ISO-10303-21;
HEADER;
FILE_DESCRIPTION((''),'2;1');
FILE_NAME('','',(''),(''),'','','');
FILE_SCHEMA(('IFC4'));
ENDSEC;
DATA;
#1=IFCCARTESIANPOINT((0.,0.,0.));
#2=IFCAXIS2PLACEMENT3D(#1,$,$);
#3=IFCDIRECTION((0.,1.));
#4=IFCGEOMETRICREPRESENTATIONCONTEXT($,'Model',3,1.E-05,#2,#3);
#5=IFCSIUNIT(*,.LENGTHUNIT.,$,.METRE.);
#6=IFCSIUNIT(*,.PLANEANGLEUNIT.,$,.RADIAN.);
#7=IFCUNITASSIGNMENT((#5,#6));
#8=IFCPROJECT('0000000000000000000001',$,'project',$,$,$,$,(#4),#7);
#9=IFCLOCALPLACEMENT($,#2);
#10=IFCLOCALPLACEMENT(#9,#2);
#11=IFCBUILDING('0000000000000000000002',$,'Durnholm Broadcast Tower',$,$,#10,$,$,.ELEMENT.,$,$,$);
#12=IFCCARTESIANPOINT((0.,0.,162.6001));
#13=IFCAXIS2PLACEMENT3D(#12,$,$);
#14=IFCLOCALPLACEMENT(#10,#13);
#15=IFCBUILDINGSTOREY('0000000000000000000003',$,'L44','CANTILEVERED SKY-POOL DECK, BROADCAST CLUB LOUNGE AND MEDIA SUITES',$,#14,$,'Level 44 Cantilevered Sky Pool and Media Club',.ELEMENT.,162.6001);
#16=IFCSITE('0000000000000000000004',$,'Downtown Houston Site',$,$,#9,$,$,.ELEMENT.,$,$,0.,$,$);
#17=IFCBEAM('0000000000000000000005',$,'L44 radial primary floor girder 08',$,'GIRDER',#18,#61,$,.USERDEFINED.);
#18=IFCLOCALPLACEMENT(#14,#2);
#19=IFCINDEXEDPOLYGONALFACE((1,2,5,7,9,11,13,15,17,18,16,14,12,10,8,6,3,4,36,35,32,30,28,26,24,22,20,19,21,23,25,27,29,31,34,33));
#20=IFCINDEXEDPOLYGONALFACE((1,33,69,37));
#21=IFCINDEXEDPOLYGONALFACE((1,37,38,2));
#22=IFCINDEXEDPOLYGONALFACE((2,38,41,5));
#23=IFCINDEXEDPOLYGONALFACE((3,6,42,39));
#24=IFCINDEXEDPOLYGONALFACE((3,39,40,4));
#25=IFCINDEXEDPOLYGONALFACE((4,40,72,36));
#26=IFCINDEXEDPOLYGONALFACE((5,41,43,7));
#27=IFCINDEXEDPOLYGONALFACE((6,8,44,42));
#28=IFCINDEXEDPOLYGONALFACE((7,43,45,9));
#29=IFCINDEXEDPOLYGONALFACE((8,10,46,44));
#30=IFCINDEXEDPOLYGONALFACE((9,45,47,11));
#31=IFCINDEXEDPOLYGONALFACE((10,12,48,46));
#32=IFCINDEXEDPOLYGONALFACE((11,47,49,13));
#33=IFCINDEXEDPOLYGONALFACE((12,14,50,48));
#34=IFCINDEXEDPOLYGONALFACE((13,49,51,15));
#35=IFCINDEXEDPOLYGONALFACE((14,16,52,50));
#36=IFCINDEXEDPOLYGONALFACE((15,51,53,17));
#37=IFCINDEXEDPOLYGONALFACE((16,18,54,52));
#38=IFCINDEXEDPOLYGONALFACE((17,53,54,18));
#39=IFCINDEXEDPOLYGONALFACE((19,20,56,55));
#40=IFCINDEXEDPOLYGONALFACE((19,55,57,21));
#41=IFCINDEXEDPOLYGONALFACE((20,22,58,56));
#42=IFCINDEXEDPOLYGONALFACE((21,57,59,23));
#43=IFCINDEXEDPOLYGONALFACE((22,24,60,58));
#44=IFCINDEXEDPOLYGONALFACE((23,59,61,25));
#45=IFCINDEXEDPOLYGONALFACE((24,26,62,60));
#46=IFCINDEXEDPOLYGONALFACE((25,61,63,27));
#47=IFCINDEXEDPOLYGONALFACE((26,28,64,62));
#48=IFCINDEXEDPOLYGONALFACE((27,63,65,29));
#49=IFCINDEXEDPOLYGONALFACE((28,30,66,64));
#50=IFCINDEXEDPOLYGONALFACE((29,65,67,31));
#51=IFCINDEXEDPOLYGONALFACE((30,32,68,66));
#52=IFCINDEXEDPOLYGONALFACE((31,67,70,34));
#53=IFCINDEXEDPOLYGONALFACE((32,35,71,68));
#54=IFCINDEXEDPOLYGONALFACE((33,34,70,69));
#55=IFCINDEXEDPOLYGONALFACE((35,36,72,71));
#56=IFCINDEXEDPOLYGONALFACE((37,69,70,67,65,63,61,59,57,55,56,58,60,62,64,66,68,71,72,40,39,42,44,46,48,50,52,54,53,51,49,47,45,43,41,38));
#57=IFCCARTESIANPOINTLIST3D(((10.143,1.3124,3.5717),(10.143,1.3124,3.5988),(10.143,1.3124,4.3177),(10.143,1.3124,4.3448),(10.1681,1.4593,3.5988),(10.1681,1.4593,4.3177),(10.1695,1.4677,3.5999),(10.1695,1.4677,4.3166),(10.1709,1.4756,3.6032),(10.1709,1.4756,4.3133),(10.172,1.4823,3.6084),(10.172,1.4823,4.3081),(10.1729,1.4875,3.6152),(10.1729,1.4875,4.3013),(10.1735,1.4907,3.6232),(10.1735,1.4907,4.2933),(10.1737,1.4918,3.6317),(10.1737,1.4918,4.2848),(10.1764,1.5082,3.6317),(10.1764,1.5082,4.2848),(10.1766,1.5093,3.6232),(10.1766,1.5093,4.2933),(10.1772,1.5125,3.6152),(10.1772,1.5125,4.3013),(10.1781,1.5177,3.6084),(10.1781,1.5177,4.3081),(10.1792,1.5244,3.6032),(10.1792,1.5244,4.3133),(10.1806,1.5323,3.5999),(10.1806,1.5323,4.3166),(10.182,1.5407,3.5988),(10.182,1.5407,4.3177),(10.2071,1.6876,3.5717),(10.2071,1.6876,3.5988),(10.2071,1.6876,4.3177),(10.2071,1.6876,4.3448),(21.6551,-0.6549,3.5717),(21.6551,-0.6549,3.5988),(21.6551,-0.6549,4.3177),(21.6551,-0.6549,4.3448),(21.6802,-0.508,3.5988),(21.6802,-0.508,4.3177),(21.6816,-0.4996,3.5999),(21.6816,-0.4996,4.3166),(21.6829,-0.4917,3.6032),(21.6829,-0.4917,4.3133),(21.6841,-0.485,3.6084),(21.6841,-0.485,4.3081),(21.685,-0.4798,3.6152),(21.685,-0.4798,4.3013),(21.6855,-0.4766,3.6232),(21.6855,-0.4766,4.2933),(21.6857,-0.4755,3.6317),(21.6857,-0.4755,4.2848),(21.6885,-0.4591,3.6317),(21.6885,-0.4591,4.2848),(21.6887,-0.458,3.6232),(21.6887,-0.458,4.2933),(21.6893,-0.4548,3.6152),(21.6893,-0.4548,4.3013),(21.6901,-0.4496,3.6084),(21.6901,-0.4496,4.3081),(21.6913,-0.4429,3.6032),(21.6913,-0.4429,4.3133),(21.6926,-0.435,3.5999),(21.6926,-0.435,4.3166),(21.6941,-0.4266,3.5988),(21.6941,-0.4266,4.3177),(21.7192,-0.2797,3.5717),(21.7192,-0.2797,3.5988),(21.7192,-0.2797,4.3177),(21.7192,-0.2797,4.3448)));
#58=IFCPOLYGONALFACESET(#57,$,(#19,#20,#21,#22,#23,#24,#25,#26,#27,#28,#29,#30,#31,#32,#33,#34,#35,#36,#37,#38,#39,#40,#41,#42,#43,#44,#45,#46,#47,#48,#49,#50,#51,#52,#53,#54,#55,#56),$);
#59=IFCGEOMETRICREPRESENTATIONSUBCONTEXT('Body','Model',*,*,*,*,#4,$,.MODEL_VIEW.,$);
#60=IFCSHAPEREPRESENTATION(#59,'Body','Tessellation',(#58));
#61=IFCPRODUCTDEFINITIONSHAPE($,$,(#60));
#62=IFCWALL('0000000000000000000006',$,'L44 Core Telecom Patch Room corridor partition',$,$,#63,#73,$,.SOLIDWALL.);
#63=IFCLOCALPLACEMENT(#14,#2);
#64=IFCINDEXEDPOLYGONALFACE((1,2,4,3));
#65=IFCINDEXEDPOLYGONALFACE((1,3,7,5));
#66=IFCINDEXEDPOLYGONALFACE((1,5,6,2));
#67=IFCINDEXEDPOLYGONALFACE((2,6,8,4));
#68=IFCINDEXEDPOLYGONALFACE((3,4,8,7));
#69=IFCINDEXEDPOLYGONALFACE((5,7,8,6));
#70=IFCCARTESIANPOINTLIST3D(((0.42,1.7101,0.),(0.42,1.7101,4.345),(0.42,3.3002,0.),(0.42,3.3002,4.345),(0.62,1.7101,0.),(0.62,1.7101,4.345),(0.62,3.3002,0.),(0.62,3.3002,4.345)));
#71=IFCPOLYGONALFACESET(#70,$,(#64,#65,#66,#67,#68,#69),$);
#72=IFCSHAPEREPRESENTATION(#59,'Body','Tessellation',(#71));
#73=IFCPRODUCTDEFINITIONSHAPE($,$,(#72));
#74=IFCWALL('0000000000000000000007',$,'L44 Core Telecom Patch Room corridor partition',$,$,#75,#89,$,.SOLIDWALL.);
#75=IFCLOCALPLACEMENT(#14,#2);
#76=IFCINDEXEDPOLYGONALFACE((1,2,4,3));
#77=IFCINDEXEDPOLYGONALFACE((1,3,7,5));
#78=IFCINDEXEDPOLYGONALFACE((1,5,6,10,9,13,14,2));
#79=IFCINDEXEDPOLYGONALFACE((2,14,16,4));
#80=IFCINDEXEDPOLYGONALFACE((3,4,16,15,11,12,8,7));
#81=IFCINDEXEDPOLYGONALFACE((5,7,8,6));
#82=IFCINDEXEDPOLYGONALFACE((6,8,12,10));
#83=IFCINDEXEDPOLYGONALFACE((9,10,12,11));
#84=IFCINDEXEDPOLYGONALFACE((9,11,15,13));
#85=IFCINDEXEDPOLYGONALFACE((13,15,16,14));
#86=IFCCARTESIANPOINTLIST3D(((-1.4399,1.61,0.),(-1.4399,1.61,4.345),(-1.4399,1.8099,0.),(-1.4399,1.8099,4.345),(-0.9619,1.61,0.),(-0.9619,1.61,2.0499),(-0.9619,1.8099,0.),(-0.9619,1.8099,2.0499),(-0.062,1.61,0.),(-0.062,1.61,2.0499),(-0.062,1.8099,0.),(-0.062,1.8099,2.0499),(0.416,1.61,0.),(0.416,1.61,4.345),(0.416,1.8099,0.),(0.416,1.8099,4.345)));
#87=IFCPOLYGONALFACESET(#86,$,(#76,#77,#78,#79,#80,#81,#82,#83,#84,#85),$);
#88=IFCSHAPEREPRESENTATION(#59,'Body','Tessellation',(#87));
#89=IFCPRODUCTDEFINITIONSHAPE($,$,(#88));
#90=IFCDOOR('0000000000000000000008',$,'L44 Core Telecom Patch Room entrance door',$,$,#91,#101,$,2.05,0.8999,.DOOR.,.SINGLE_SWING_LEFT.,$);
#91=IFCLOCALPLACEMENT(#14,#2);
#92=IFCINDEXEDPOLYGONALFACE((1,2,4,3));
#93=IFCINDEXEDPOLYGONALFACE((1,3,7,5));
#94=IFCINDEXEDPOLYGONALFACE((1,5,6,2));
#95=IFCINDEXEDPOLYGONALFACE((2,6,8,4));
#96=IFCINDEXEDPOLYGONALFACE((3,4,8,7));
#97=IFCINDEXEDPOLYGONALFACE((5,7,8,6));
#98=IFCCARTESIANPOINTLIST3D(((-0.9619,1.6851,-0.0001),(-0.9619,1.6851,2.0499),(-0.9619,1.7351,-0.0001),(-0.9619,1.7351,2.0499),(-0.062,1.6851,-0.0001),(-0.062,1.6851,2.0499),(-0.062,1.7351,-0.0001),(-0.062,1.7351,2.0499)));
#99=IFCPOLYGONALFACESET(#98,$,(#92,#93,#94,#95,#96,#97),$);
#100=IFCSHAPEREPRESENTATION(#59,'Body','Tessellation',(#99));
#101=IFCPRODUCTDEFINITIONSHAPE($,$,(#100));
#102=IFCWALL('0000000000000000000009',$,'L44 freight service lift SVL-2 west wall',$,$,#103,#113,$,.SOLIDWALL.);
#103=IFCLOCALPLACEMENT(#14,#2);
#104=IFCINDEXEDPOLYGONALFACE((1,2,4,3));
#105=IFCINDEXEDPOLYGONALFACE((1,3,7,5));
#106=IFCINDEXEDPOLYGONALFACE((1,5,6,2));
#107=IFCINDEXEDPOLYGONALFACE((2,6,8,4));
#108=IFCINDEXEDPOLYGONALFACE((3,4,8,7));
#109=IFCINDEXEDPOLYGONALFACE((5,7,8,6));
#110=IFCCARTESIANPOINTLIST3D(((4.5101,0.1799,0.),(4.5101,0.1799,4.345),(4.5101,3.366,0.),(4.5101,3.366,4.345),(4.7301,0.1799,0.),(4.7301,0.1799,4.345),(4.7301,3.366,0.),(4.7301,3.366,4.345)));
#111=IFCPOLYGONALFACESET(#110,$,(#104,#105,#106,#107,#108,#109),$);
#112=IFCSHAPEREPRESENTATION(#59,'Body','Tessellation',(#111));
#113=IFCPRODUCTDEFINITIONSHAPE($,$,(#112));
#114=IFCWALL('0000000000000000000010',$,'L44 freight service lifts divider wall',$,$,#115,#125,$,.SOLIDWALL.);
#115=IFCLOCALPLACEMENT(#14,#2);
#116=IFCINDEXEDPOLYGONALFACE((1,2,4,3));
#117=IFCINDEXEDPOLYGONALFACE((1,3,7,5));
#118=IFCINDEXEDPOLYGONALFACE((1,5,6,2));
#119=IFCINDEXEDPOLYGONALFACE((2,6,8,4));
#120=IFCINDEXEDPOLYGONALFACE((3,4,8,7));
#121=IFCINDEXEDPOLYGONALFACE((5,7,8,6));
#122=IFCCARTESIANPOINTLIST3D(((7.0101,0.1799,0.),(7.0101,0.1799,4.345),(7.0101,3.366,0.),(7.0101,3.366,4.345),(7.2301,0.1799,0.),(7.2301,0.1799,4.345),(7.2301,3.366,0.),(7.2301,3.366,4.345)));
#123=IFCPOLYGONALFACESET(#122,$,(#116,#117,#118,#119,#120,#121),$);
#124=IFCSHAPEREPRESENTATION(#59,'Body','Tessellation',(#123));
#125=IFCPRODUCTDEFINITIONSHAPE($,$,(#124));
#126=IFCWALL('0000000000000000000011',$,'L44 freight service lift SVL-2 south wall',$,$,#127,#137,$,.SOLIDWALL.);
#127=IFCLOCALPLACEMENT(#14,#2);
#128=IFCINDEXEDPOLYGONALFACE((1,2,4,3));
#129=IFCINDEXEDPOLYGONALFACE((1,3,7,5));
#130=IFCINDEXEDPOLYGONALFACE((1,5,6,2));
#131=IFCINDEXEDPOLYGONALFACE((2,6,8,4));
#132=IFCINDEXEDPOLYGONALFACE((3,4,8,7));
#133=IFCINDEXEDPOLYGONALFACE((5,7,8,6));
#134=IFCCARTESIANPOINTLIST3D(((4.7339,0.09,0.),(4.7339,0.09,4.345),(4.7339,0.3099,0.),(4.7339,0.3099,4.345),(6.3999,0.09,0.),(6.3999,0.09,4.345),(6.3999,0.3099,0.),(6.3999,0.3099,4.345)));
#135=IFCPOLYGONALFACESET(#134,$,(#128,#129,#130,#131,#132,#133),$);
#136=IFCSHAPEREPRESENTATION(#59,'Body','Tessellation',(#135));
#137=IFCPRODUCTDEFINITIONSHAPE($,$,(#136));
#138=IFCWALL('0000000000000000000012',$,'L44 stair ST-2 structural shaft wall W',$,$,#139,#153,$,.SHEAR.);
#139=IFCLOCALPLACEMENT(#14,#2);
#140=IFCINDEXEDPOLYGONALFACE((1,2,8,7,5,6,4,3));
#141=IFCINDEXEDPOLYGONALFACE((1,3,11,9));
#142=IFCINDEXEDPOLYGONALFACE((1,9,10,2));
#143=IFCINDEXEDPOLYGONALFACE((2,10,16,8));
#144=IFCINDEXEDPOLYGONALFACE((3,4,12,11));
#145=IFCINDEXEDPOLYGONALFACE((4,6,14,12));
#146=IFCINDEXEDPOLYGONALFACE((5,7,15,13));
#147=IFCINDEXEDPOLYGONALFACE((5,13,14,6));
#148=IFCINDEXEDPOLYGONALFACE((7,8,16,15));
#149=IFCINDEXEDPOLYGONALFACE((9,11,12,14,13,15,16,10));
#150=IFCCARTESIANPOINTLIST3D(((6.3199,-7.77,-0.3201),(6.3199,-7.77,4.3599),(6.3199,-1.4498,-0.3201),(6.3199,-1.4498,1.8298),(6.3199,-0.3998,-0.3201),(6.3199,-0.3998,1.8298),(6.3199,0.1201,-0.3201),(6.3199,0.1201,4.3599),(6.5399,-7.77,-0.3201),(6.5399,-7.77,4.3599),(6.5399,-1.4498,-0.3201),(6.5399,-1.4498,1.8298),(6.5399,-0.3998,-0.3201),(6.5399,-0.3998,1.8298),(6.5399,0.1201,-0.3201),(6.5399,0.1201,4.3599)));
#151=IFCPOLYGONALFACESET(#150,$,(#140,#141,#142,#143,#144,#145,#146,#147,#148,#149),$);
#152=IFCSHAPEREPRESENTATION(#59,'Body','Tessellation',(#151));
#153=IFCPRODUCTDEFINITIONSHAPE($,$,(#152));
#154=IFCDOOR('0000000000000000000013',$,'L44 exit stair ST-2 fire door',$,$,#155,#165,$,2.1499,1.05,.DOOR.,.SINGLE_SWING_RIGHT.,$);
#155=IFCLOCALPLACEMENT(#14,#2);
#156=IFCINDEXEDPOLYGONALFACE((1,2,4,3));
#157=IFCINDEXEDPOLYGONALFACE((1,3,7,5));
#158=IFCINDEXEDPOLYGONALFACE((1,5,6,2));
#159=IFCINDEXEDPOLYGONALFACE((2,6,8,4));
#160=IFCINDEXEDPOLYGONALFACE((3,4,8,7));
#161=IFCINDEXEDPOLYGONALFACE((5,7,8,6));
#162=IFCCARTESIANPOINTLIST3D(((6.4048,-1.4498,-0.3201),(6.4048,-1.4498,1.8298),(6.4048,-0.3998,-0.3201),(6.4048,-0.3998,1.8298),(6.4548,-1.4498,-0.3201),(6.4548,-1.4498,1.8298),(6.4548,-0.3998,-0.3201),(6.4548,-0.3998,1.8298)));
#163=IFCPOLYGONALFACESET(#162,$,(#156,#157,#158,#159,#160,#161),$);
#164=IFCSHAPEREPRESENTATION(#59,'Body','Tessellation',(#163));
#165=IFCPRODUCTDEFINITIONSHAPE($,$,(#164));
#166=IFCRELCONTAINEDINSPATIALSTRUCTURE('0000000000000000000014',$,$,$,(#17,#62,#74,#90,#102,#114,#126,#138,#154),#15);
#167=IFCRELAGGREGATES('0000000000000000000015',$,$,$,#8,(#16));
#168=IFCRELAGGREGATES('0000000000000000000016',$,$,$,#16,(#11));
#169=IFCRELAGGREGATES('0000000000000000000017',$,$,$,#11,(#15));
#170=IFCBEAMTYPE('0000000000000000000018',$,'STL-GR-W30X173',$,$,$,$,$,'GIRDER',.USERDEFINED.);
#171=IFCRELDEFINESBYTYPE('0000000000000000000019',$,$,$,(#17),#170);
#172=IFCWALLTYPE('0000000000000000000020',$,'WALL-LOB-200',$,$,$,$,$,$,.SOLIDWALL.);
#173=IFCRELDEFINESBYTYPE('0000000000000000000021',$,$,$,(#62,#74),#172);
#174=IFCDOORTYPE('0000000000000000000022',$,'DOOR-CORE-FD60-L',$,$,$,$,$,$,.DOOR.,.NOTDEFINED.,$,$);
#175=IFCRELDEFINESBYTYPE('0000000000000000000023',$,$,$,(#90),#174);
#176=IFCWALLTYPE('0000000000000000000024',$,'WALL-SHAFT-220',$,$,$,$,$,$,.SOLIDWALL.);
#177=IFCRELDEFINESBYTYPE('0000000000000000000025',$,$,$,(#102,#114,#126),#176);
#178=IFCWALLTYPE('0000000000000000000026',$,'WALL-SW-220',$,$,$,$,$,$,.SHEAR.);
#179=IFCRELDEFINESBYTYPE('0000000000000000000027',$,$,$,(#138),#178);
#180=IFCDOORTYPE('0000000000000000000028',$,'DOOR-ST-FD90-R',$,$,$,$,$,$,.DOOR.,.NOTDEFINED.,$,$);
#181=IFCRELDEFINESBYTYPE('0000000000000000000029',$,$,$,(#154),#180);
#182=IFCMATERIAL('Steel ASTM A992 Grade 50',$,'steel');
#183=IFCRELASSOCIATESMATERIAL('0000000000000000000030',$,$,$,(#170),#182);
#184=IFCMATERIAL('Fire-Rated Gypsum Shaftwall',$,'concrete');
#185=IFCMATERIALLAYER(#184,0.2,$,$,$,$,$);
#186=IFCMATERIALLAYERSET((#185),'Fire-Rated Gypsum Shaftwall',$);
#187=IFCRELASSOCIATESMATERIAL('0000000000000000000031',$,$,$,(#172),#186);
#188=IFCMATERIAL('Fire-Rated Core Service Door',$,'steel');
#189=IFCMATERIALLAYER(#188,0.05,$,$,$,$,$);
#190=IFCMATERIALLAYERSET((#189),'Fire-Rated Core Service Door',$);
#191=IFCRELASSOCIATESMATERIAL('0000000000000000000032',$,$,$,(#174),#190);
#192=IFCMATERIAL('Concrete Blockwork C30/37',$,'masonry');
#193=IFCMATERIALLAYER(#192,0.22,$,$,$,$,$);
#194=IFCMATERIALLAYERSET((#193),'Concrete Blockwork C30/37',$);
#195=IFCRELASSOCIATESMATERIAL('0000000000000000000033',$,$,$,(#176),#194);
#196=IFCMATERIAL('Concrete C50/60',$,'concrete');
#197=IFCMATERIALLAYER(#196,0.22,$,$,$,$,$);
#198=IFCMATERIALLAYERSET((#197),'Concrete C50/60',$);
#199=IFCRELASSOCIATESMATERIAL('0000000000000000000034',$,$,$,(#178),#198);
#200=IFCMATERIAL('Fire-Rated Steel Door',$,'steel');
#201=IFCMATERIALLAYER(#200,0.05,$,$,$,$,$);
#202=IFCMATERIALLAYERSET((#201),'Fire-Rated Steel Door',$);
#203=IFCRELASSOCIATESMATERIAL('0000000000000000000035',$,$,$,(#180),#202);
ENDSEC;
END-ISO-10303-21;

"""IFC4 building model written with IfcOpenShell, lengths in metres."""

from ifc_helpers import new_model, si_unit, direction, frame, frame_2d, origin, origin_2d, place, context, subcontext, project, spatial, rectangle, i_section, extrude, source, transform, mapped, material, layer, layer_set, material_profile, profile_set, type_object, type_shapes, element, fill, save


model = new_model("IFC4")

# Units and contexts
model_context = context("Model", 3, precision=1e-05, world=origin(), true_north=direction((0.0, 1.0)))
body_context = subcontext(model_context, "Body", "Model", "MODEL_VIEW")
ifc_project = project(units=[si_unit("LENGTHUNIT", "METRE"), si_unit("PLANEANGLEUNIT", "RADIAN")], contexts=[model_context])

# Site, building, storey
site_placement = place(None, origin())
site = spatial("IfcSite", under=ifc_project, at=site_placement, Name="Downtown Houston Site", CompositionType="ELEMENT", RefElevation=0.0)
building_placement = place(site_placement, origin())
building = spatial("IfcBuilding", under=site, at=building_placement, Name="Durnholm Broadcast Tower", CompositionType="ELEMENT")
storey_placement = place(building_placement, frame((0.0, 0.0, 162.6001)))
storey = spatial("IfcBuildingStorey", under=building, at=storey_placement, Name="L44", Description="CANTILEVERED SKY-POOL DECK, BROADCAST CLUB LOUNGE AND MEDIA SUITES", LongName="Level 44 Cantilevered Sky Pool and Media Club", CompositionType="ELEMENT", Elevation=162.6001)

# Beam
ifc_material_1 = material(Name="Steel ASTM A992 Grade 50", Category="steel")
ifc_material_profile = material_profile(ifc_material_1, i_section(OverallWidth=0.3806, OverallDepth=0.7732, WebThickness=0.0166, FlangeThickness=0.0271, FilletRadius=0.033, at=origin_2d()), Name="W30X173")
ifc_profile_set = profile_set([ifc_material_profile], Name="Steel ASTM A992 Grade 50")
beam_type = type_object("IfcBeamType", Name="STL-GR-W30X173", ElementType="GIRDER", PredefinedType="USERDEFINED", material=ifc_profile_set)
shared_shape_1 = source(origin(), body_context, "Body", "SweptSolid", [
    extrude(i_section(OverallWidth=0.3806, OverallDepth=0.7732, WebThickness=0.0166, FlangeThickness=0.0271, FilletRadius=0.033, at=origin_2d()), origin(), (0.0, 0.0, 1.0), 11.679),
])
type_shapes(beam_type, [shared_shape_1])
beam_placement = place(storey_placement, frame((10.175, 1.5, 3.9583), z_axis=(0.98571, -0.168449, 0.0), x_axis=(0.168449, 0.98571, 0.0)))
element("IfcBeam", 1, at=beam_placement, inside=storey, type_object=beam_type, Name="L44 radial primary floor girder 08", ObjectType="GIRDER", PredefinedType="USERDEFINED", context=body_context, shape_type="MappedRepresentation", body=[
    mapped(shared_shape_1, transform((0.0, 0.0, 0.0), x_axis=(1.0, 0.0, 0.0), y_axis=(0.0, 1.0, 0.0), z_axis=(0.0, 0.0, 1.0), scale=1.0)),
])

# Wall
ifc_material_2 = material(Name="Fire-Rated Gypsum Shaftwall", Category="concrete")
ifc_layer_1 = layer(ifc_material_2, 0.2)
ifc_layer_set_1 = layer_set([ifc_layer_1], Name="Fire-Rated Gypsum Shaftwall")
wall_type_1 = type_object("IfcWallType", Name="WALL-LOB-200", PredefinedType="SOLIDWALL", material=ifc_layer_set_1)
wall_1_placement = place(storey_placement, frame((0.52, 3.3, 0.0), z_axis=(0.0, 0.0, 1.0), x_axis=(0.0, -1.0, 0.0)))
element("IfcWall", 2, at=wall_1_placement, inside=storey, type_object=wall_type_1, Name="L44 Core Telecom Patch Room corridor partition", PredefinedType="SOLIDWALL", context=body_context, shape_type="SweptSolid", body=[
    extrude(rectangle(XDim=1.5901, YDim=0.2, at=frame_2d((0.7949, 0.0))), origin(), (0.0, 0.0, 1.0), 4.345),
])

# Wall, opening, door
wall_2_placement = place(storey_placement, frame((0.416, 1.71, 0.0), z_axis=(0.0, 0.0, 1.0), x_axis=(-1.0, 0.0, 0.0)))
wall_2 = element("IfcWall", 3, at=wall_2_placement, inside=storey, type_object=wall_type_1, Name="L44 Core Telecom Patch Room corridor partition", PredefinedType="SOLIDWALL", context=body_context, shape_type="SweptSolid", body=[
    extrude(rectangle(XDim=1.856, YDim=0.2, at=frame_2d((0.928, 0.0))), origin(), (0.0, 0.0, 1.0), 4.345),
])
opening_1_placement = place(wall_2_placement, frame((0.478, 0.0, 0.0)))
opening_1 = element("IfcOpeningElement", 4, at=opening_1_placement, cuts=wall_2, PredefinedType="OPENING", context=body_context, shape_type="SweptSolid", body=[
    extrude(rectangle(XDim=0.8999, YDim=2.05, at=frame_2d((0.45, 1.0249))), frame((0.0, 0.1099, 0.0), z_axis=(0.0, -1.0, 0.0), x_axis=(1.0, 0.0, 0.0)), (0.0, 0.0, 1.0), 0.22),
])
ifc_material_3 = material(Name="Fire-Rated Core Service Door", Category="steel")
ifc_layer_2 = layer(ifc_material_3, 0.05)
ifc_layer_set_2 = layer_set([ifc_layer_2], Name="Fire-Rated Core Service Door")
door_type_1 = type_object("IfcDoorType", Name="DOOR-CORE-FD60-L", OperationType="NOTDEFINED", PredefinedType="DOOR", material=ifc_layer_set_2)
shared_shape_2 = source(origin(), body_context, "Body", "SweptSolid", [
    extrude(rectangle(XDim=0.8999, YDim=2.05, at=frame_2d((0.45, 1.0249))), frame((0.0, 0.0249, 0.0), z_axis=(0.0, -1.0, 0.0), x_axis=(1.0, 0.0, 0.0)), (0.0, 0.0, 1.0), 0.05),
])
type_shapes(door_type_1, [shared_shape_2])
door_1_placement = place(opening_1_placement, origin())
door_1 = element("IfcDoor", 5, at=door_1_placement, inside=storey, type_object=door_type_1, Name="L44 Core Telecom Patch Room entrance door", OperationType="SINGLE_SWING_LEFT", OverallHeight=2.05, OverallWidth=0.8999, PredefinedType="DOOR", context=body_context, shape_type="MappedRepresentation", body=[
    mapped(shared_shape_2, transform((0.0, 0.0, 0.0), x_axis=(1.0, 0.0, 0.0), y_axis=(0.0, 1.0, 0.0), z_axis=(0.0, 0.0, 1.0), scale=1.0)),
])
fill(opening_1, door_1)

# Shared definitions
ifc_material_4 = material(Name="Concrete Blockwork C30/37", Category="masonry")
ifc_layer_3 = layer(ifc_material_4, 0.22)
ifc_layer_set_3 = layer_set([ifc_layer_3], Name="Concrete Blockwork C30/37")
wall_type_2 = type_object("IfcWallType", Name="WALL-SHAFT-220", PredefinedType="SOLIDWALL", material=ifc_layer_set_3)

# Walls
for number, where, z_axis, x_axis, name in (
    (6, (4.6201, 0.1799, 0.0), (0.0, 0.0, 1.0), (0.0, 1.0, 0.0), "L44 freight service lift SVL-2 west wall"),
    (7, (7.1201, 0.1799, 0.0), (0.0, 0.0, 1.0), (0.0, 1.0, 0.0), "L44 freight service lifts divider wall"),
):
    element("IfcWall", number, at=place(storey_placement, frame(where, z_axis=z_axis, x_axis=x_axis)), inside=storey, type_object=wall_type_2, Name=name, PredefinedType="SOLIDWALL", context=body_context, shape_type="SweptSolid", body=[
        extrude(rectangle(XDim=3.186, YDim=0.22, at=frame_2d((1.593, 0.0))), origin(), (0.0, 0.0, 1.0), 4.345),
    ])
wall_3_placement = place(storey_placement, frame((4.7339, 0.2, 0.0), z_axis=(0.0, 0.0, 1.0), x_axis=(1.0, 0.0, 0.0)))
element("IfcWall", 8, at=wall_3_placement, inside=storey, type_object=wall_type_2, Name="L44 freight service lift SVL-2 south wall", PredefinedType="SOLIDWALL", context=body_context, shape_type="SweptSolid", body=[
    extrude(rectangle(XDim=1.666, YDim=0.22, at=frame_2d((0.833, 0.0))), origin(), (0.0, 0.0, 1.0), 4.345),
])

# Wall, opening, door
ifc_material_5 = material(Name="Concrete C50/60", Category="concrete")
ifc_layer_4 = layer(ifc_material_5, 0.22)
ifc_layer_set_4 = layer_set([ifc_layer_4], Name="Concrete C50/60")
wall_type_3 = type_object("IfcWallType", Name="WALL-SW-220", PredefinedType="SHEAR", material=ifc_layer_set_4)
wall_4_placement = place(storey_placement, frame((6.4299, 0.1201, -0.3201), z_axis=(0.0, 0.0, 1.0), x_axis=(0.0, -1.0, 0.0)))
wall_4 = element("IfcWall", 9, at=wall_4_placement, inside=storey, type_object=wall_type_3, Name="L44 stair ST-2 structural shaft wall W", PredefinedType="SHEAR", context=body_context, shape_type="SweptSolid", body=[
    extrude(rectangle(XDim=7.8901, YDim=0.22, at=frame_2d((3.9451, 0.0))), origin(), (0.0, 0.0, 1.0), 4.6799),
])
opening_2_placement = place(wall_4_placement, frame((0.52, 0.0, 0.0)))
opening_2 = element("IfcOpeningElement", 10, at=opening_2_placement, cuts=wall_4, PredefinedType="OPENING", context=body_context, shape_type="SweptSolid", body=[
    extrude(rectangle(XDim=1.05, YDim=2.1499, at=frame_2d((0.5249, 1.075))), frame((0.0, 0.1201, 0.0), z_axis=(0.0, -1.0, 0.0), x_axis=(1.0, 0.0, 0.0)), (0.0, 0.0, 1.0), 0.24),
])
ifc_material_6 = material(Name="Fire-Rated Steel Door", Category="steel")
ifc_layer_5 = layer(ifc_material_6, 0.05)
ifc_layer_set_5 = layer_set([ifc_layer_5], Name="Fire-Rated Steel Door")
door_type_2 = type_object("IfcDoorType", Name="DOOR-ST-FD90-R", OperationType="NOTDEFINED", PredefinedType="DOOR", material=ifc_layer_set_5)
shared_shape_3 = source(origin(), body_context, "Body", "SweptSolid", [
    extrude(rectangle(XDim=1.05, YDim=2.1499, at=frame_2d((0.5249, 1.075))), frame((0.0, 0.0249, 0.0), z_axis=(0.0, -1.0, 0.0), x_axis=(1.0, 0.0, 0.0)), (0.0, 0.0, 1.0), 0.05),
])
type_shapes(door_type_2, [shared_shape_3])
door_2_placement = place(opening_2_placement, origin())
door_2 = element("IfcDoor", 11, at=door_2_placement, inside=storey, type_object=door_type_2, Name="L44 exit stair ST-2 fire door", OperationType="SINGLE_SWING_RIGHT", OverallHeight=2.1499, OverallWidth=1.05, PredefinedType="DOOR", context=body_context, shape_type="MappedRepresentation", body=[
    mapped(shared_shape_3, transform((0.0, 0.0, 0.0), x_axis=(1.0, 0.0, 0.0), y_axis=(0.0, 1.0, 0.0), z_axis=(0.0, 0.0, 1.0), scale=1.0)),
])
fill(opening_2, door_2)

save(model, "model.ifc")
